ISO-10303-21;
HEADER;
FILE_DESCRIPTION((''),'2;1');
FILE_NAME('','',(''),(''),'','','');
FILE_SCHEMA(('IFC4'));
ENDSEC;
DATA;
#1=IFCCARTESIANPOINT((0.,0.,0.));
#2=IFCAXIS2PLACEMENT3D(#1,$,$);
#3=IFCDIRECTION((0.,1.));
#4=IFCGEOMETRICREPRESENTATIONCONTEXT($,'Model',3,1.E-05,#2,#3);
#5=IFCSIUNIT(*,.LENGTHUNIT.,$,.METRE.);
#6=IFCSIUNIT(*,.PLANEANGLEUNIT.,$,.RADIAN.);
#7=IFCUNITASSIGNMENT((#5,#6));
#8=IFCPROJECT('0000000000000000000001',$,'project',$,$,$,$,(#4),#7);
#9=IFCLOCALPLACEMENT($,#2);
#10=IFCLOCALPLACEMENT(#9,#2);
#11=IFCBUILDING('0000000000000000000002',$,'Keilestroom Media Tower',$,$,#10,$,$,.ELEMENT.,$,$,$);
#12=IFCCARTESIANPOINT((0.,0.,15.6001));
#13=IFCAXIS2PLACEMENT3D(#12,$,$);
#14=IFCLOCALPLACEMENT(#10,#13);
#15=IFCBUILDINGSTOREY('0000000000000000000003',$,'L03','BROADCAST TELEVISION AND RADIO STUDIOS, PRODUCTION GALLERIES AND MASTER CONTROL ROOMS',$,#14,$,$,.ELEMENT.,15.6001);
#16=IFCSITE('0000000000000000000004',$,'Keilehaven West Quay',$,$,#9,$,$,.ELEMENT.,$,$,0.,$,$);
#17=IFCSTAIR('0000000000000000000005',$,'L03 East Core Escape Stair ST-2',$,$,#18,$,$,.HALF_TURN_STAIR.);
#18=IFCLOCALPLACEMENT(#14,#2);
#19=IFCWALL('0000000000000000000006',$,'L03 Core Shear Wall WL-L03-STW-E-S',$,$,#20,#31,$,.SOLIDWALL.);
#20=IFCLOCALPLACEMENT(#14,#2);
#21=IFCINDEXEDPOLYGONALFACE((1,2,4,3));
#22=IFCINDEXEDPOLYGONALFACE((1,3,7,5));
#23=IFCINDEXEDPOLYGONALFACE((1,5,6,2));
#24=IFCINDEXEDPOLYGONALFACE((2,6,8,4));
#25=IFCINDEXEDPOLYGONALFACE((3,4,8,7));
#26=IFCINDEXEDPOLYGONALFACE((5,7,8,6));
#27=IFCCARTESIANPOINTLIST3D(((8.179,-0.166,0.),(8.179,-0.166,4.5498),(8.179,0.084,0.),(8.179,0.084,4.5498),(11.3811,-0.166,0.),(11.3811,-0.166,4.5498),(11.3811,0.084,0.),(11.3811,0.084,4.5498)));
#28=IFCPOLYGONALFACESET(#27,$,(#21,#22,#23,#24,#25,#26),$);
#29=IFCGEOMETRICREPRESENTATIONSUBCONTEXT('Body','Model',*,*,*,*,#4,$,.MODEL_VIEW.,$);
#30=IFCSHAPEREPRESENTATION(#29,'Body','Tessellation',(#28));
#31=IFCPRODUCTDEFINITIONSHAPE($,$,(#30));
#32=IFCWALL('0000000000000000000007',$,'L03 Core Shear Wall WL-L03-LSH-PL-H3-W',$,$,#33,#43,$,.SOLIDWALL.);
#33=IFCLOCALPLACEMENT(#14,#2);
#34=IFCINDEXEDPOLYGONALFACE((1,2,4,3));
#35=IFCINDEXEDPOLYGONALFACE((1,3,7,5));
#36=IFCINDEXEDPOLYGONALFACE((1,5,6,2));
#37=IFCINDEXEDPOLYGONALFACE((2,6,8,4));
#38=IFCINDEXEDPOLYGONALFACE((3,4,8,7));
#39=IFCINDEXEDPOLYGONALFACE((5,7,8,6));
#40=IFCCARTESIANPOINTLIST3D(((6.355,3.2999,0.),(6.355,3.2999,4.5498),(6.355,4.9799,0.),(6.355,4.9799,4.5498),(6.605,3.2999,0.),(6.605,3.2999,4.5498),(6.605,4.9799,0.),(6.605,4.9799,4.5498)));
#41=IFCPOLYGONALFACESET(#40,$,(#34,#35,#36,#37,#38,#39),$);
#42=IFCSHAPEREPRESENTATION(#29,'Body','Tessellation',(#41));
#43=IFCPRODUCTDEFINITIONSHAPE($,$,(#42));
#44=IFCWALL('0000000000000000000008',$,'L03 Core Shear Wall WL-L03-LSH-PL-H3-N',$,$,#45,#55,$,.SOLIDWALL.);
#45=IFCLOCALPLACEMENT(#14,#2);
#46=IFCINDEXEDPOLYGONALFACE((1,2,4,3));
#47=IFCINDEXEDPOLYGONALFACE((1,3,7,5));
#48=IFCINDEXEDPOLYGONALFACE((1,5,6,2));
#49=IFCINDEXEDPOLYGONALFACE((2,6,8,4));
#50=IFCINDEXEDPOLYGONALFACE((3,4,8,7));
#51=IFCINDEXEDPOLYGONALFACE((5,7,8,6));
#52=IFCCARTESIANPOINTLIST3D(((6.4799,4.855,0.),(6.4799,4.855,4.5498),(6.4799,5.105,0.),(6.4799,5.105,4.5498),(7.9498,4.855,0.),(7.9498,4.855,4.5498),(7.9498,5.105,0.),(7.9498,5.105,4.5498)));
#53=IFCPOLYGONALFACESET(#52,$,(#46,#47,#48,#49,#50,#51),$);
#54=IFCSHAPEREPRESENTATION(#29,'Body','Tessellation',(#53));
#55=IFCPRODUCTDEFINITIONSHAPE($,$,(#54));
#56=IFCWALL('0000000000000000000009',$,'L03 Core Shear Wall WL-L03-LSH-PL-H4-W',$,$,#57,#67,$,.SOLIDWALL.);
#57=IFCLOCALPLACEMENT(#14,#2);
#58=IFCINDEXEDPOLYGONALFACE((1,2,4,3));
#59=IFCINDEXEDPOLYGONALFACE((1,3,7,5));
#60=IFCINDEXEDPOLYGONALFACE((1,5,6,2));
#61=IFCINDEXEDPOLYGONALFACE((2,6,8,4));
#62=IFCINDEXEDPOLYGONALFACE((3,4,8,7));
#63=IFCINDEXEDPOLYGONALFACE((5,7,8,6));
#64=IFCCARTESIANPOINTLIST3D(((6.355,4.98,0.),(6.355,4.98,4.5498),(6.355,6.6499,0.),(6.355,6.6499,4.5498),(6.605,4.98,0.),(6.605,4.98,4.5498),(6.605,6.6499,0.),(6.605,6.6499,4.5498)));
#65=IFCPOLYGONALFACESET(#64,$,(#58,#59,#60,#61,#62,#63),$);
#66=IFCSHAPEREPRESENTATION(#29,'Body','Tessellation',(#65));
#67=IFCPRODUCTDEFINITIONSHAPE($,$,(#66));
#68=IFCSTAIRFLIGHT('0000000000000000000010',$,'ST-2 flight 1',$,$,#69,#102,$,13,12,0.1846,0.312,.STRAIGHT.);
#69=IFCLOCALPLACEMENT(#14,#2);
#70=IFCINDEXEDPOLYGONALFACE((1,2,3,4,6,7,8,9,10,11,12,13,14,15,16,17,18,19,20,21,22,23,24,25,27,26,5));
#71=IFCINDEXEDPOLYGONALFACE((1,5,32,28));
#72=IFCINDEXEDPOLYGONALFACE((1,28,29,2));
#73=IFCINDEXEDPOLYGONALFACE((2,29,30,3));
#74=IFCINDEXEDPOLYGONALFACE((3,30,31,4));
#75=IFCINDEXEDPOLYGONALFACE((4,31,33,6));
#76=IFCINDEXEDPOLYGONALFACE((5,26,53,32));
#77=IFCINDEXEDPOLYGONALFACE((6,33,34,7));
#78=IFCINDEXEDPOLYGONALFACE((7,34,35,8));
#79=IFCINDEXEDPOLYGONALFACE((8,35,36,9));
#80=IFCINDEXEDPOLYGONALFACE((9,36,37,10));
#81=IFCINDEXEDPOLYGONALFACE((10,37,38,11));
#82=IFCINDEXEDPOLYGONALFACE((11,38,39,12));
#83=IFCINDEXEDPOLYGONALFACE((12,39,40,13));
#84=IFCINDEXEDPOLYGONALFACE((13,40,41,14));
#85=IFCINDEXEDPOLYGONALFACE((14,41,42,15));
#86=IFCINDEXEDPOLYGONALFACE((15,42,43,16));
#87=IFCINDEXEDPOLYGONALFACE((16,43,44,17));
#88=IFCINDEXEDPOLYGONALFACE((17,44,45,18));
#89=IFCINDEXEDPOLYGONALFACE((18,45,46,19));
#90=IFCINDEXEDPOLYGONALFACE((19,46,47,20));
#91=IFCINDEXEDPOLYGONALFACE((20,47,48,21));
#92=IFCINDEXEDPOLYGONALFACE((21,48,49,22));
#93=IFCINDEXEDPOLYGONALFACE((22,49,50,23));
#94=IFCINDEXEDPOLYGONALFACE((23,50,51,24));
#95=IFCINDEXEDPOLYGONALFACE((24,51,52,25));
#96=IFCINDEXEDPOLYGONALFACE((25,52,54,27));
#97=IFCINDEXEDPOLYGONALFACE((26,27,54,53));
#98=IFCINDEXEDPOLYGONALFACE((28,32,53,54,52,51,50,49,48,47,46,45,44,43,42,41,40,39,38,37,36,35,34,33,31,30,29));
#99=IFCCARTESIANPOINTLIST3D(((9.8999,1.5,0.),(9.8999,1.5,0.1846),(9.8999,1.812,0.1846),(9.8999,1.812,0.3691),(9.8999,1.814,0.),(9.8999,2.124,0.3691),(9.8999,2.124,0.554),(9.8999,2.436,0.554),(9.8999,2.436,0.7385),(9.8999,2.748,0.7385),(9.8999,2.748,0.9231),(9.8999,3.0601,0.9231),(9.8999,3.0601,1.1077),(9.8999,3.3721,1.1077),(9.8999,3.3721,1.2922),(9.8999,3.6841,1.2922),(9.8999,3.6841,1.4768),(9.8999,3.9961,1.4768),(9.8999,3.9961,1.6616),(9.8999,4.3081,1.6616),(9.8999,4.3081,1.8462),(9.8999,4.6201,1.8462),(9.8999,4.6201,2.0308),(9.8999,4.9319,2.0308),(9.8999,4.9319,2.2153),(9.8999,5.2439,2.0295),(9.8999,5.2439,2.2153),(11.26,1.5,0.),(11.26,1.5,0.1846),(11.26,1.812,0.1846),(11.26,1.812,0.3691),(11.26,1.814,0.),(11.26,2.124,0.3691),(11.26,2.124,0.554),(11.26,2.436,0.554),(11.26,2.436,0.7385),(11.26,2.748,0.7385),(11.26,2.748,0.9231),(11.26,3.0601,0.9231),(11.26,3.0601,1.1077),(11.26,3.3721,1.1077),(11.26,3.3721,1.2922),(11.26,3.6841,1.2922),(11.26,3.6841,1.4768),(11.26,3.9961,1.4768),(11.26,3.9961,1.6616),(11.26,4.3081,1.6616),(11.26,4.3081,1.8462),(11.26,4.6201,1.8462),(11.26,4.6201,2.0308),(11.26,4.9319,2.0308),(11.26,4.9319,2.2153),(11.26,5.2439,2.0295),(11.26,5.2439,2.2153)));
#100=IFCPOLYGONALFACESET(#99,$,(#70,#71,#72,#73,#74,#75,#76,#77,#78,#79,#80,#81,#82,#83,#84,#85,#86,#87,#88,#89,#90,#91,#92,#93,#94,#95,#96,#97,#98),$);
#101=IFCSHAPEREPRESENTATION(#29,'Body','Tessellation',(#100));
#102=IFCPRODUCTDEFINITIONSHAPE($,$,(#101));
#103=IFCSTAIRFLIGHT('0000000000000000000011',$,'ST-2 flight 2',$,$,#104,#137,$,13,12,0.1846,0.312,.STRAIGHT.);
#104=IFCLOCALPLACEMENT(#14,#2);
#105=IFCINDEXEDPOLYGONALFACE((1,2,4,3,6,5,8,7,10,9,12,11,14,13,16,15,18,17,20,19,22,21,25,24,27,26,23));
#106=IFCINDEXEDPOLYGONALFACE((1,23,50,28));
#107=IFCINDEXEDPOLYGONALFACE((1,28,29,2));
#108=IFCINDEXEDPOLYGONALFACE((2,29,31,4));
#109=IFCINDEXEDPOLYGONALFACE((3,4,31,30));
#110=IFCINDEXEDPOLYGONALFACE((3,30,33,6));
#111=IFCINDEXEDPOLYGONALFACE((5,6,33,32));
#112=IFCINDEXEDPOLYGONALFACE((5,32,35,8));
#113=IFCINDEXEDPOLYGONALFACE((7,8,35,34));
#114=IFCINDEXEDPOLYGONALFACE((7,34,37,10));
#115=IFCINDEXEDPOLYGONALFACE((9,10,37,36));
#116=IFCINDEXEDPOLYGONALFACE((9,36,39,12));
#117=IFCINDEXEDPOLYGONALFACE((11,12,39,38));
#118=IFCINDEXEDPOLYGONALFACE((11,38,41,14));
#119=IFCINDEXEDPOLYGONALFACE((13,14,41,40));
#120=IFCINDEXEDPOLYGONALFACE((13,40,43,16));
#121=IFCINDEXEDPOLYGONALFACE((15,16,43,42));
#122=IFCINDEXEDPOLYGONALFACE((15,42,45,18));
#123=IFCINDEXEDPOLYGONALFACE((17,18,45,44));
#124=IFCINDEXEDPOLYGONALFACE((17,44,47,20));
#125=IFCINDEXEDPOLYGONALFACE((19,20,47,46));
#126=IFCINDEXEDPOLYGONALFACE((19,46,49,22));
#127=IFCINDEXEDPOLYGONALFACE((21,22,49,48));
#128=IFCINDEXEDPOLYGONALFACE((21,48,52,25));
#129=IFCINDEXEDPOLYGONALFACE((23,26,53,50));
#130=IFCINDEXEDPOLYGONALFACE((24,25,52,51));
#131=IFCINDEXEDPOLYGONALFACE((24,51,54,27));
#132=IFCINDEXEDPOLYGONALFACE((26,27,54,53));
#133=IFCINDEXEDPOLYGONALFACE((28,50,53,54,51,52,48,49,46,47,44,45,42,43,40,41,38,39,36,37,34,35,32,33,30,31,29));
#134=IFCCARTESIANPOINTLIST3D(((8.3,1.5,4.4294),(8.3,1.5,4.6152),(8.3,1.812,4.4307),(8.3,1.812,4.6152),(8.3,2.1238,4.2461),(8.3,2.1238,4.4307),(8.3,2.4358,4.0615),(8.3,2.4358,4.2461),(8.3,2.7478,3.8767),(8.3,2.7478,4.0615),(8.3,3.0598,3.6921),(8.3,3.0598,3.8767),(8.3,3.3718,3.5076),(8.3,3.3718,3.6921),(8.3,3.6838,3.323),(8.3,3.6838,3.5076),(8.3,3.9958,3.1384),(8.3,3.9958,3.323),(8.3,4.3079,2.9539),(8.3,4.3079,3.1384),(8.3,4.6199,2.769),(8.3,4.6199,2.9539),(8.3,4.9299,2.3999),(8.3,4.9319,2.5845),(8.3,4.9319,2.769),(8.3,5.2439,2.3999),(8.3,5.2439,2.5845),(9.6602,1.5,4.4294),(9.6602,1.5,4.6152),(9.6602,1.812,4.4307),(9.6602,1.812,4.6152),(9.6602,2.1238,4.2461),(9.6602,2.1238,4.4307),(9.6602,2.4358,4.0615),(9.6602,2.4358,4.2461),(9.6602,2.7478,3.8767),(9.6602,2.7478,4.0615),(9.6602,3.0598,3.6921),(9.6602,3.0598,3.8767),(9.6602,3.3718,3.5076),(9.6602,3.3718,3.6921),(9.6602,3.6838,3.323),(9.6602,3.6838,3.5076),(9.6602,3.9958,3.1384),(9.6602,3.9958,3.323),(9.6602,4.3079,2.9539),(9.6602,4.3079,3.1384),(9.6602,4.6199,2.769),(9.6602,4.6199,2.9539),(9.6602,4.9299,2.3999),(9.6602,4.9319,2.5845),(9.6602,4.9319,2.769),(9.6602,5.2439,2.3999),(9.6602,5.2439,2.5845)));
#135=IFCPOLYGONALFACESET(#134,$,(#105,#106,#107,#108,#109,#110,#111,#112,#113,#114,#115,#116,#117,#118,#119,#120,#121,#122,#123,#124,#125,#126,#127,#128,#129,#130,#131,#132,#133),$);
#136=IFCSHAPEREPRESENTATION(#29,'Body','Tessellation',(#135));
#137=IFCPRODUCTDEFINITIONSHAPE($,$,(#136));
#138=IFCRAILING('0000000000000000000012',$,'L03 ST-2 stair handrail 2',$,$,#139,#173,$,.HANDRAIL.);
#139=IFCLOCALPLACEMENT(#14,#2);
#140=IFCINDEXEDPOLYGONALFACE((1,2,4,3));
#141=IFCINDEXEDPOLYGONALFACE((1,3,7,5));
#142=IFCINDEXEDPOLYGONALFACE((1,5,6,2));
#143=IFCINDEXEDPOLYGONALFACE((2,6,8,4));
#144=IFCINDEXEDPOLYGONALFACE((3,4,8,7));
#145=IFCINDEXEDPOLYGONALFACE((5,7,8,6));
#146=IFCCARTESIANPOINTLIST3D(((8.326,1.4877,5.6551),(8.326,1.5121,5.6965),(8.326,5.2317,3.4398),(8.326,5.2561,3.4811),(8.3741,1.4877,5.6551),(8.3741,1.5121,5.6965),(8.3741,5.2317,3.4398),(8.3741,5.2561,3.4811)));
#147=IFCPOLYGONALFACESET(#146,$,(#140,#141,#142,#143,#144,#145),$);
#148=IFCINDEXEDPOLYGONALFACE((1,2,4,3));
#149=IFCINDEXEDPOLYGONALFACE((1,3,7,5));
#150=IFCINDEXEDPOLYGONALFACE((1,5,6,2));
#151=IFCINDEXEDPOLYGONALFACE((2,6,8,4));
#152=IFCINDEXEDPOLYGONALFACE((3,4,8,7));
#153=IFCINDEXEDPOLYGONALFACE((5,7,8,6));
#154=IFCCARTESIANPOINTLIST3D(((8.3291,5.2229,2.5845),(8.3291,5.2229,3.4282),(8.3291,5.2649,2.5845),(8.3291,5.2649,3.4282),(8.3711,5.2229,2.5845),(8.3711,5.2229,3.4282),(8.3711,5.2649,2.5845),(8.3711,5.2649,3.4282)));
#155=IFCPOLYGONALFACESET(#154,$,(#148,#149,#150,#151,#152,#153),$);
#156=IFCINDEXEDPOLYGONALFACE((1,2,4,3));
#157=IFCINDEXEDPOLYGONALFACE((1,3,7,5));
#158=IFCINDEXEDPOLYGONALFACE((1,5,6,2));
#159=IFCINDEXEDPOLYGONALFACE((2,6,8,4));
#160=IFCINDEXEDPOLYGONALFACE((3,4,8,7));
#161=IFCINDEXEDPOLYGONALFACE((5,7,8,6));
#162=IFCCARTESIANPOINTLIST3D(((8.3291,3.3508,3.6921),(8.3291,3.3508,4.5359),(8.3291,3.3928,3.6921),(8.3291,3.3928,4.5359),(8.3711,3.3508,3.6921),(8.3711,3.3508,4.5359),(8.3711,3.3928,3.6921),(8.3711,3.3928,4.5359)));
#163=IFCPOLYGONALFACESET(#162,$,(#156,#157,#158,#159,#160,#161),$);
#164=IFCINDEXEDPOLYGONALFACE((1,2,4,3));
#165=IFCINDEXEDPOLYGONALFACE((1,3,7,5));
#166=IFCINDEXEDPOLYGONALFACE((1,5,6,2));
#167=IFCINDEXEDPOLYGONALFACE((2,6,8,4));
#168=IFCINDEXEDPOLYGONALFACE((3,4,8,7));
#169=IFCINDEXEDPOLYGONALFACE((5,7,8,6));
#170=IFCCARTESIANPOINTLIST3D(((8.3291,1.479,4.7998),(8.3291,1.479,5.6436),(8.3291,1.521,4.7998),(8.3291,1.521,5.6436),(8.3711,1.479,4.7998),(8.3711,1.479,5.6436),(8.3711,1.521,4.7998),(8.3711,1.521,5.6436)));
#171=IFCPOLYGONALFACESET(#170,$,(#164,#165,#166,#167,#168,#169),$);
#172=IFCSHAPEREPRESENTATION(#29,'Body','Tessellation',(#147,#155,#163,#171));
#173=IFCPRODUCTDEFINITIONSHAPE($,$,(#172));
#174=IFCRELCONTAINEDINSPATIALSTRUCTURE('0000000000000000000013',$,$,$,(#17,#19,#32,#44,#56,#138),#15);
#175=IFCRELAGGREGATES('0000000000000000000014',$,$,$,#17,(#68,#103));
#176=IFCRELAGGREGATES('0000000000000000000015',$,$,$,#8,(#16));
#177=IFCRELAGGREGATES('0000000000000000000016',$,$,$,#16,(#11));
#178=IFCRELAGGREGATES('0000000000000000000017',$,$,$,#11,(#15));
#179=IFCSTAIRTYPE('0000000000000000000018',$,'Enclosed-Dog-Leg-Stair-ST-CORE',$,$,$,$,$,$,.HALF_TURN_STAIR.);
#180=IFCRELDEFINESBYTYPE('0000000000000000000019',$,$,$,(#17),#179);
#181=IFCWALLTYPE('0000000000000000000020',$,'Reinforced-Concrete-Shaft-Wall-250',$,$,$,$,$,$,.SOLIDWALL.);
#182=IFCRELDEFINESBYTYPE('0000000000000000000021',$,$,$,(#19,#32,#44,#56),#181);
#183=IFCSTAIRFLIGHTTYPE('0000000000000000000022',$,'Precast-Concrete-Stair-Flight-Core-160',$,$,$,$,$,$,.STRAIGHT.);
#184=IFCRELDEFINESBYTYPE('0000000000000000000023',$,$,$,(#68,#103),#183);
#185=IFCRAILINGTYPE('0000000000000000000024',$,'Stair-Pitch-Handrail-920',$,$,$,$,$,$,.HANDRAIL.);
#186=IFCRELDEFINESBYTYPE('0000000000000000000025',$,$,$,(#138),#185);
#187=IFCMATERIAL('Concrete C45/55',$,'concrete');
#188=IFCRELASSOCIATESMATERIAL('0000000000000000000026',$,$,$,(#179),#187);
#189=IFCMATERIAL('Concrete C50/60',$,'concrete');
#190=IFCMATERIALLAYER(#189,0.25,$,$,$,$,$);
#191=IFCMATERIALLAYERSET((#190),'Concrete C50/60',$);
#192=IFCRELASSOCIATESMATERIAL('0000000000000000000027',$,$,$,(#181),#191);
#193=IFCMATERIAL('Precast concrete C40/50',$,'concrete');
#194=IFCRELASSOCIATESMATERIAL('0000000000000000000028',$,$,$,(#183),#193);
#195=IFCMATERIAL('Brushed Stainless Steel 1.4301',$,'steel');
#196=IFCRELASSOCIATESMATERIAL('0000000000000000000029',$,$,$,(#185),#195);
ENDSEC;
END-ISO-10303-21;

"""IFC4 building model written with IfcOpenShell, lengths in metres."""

from ifc_helpers import new_model, si_unit, direction, frame, frame_2d, origin, origin_2d, place, context, subcontext, project, spatial, polyline, rectangle, outline, extrude, material, layer, layer_set, type_object, element, aggregate, save


model = new_model("IFC4")

# Units and contexts
model_context = context("Model", 3, precision=1e-05, world=origin(), true_north=direction((0.0, 1.0)))
body_context = subcontext(model_context, "Body", "Model", "MODEL_VIEW")
ifc_project = project(units=[si_unit("LENGTHUNIT", "METRE"), si_unit("PLANEANGLEUNIT", "RADIAN")], contexts=[model_context])

# Site, building, storey
site_placement = place(None, origin())
site = spatial("IfcSite", under=ifc_project, at=site_placement, Name="Keilehaven West Quay", CompositionType="ELEMENT", RefElevation=0.0)
building_placement = place(site_placement, origin())
building = spatial("IfcBuilding", under=site, at=building_placement, Name="Keilestroom Media Tower", CompositionType="ELEMENT")
storey_placement = place(building_placement, frame((0.0, 0.0, 15.6001)))
storey = spatial("IfcBuildingStorey", under=building, at=storey_placement, Name="L03", Description="BROADCAST TELEVISION AND RADIO STUDIOS, PRODUCTION GALLERIES AND MASTER CONTROL ROOMS", CompositionType="ELEMENT", Elevation=15.6001)

# Stair
ifc_material_1 = material(Name="Concrete C45/55", Category="concrete")
stair_type_1 = type_object("IfcStairType", Name="Enclosed-Dog-Leg-Stair-ST-CORE", PredefinedType="HALF_TURN_STAIR", material=ifc_material_1)
stair_1_placement = place(storey_placement, origin())
stair_1 = element("IfcStair", 1, at=stair_1_placement, inside=storey, type_object=stair_type_1, Name="L03 East Core Escape Stair ST-2", PredefinedType="HALF_TURN_STAIR")

# Shared definitions
ifc_material_2 = material(Name="Concrete C50/60", Category="concrete")
ifc_layer_1 = layer(ifc_material_2, 0.25)
ifc_layer_set_1 = layer_set([ifc_layer_1], Name="Concrete C50/60")
wall_type_1 = type_object("IfcWallType", Name="Reinforced-Concrete-Shaft-Wall-250", PredefinedType="SOLIDWALL", material=ifc_layer_set_1)

# Walls
wall_1_placement = place(storey_placement, frame((8.179, -0.041, 0.0), z_axis=(0.0, 0.0, 1.0), x_axis=(1.0, 0.0, 0.0)))
element("IfcWall", 2, at=wall_1_placement, inside=storey, type_object=wall_type_1, Name="L03 Core Shear Wall WL-L03-STW-E-S", PredefinedType="SOLIDWALL", context=body_context, shape_type="SweptSolid", body=[
    extrude(rectangle(XDim=3.2021, YDim=0.25, at=frame_2d((1.6011, 0.0))), origin(), (0.0, 0.0, 1.0), 4.5498),
])
wall_2_placement = place(storey_placement, frame((6.48, 3.3, 0.0), z_axis=(0.0, 0.0, 1.0), x_axis=(0.0, 1.0, 0.0)))
element("IfcWall", 3, at=wall_2_placement, inside=storey, type_object=wall_type_1, Name="L03 Core Shear Wall WL-L03-LSH-PL-H3-W", PredefinedType="SOLIDWALL", context=body_context, shape_type="SweptSolid", body=[
    extrude(rectangle(XDim=1.6799, YDim=0.25, at=frame_2d((0.8398, 0.0))), origin(), (0.0, 0.0, 1.0), 4.5498),
])
wall_3_placement = place(storey_placement, frame((6.48, 4.98, 0.0), z_axis=(0.0, 0.0, 1.0), x_axis=(1.0, 0.0, 0.0)))
element("IfcWall", 4, at=wall_3_placement, inside=storey, type_object=wall_type_1, Name="L03 Core Shear Wall WL-L03-LSH-PL-H3-N", PredefinedType="SOLIDWALL", context=body_context, shape_type="SweptSolid", body=[
    extrude(rectangle(XDim=1.47, YDim=0.25, at=frame_2d((0.7349, 0.0))), origin(), (0.0, 0.0, 1.0), 4.5498),
])
wall_4_placement = place(storey_placement, frame((6.48, 4.98, 0.0), z_axis=(0.0, 0.0, 1.0), x_axis=(0.0, 1.0, 0.0)))
element("IfcWall", 5, at=wall_4_placement, inside=storey, type_object=wall_type_1, Name="L03 Core Shear Wall WL-L03-LSH-PL-H4-W", PredefinedType="SOLIDWALL", context=body_context, shape_type="SweptSolid", body=[
    extrude(rectangle(XDim=1.6699, YDim=0.25, at=frame_2d((0.835, 0.0))), origin(), (0.0, 0.0, 1.0), 4.5498),
])

# Stair flights
ifc_material_3 = material(Name="Precast concrete C40/50", Category="concrete")
stair_flight_type = type_object("IfcStairFlightType", Name="Precast-Concrete-Stair-Flight-Core-160", PredefinedType="STRAIGHT", material=ifc_material_3)
stair_flight_1_placement = place(storey_placement, frame((10.5801, 1.5, 0.0), z_axis=(0.0, 0.0, 1.0), x_axis=(0.0, 1.0, 0.0)))
stair_flight_1 = element("IfcStairFlight", 6, at=stair_flight_1_placement, type_object=stair_flight_type, Name="ST-2 flight 1", NumberOfRisers=13, NumberOfTreads=12, PredefinedType="STRAIGHT", RiserHeight=0.1846, TreadLength=0.312, context=body_context, shape_type="SweptSolid", body=[
    extrude(outline(polyline([(0.0, 0.0), (0.0, 0.1846), (0.312, 0.1846), (0.312, 0.3691), (0.624, 0.3691), (0.624, 0.554), (0.936, 0.554), (0.936, 0.7385), (1.248, 0.7385), (1.248, 0.9231), (1.5601, 0.9231), (1.5601, 1.1077), (1.8721, 1.1077), (1.8721, 1.2922), (2.1841, 1.2922), (2.1841, 1.4768), (2.4961, 1.4768), (2.4961, 1.6616), (2.8081, 1.6616), (2.8081, 1.8462), (3.1201, 1.8462), (3.1201, 2.0308), (3.4319, 2.0308), (3.4319, 2.2153), (3.7439, 2.2153), (3.7439, 2.3999), (3.7439, 2.0295), (0.314, 0.0), (0.0, 0.0)])), frame((0.0, 0.6802, 0.0), z_axis=(0.0, -1.0, 0.0), x_axis=(1.0, 0.0, 0.0)), (0.0, 0.0, 1.0), 1.3601),
])
stair_flight_2_placement = place(storey_placement, frame((8.98, 5.2439, 2.3999), z_axis=(0.0, 0.0, 1.0), x_axis=(0.0, -1.0, 0.0)))
stair_flight_2 = element("IfcStairFlight", 7, at=stair_flight_2_placement, type_object=stair_flight_type, Name="ST-2 flight 2", NumberOfRisers=13, NumberOfTreads=12, PredefinedType="STRAIGHT", RiserHeight=0.1846, TreadLength=0.312, context=body_context, shape_type="SweptSolid", body=[
    extrude(outline(polyline([(0.0, 0.0), (0.0, 0.1846), (0.312, 0.1846), (0.312, 0.3691), (0.624, 0.3691), (0.624, 0.554), (0.936, 0.554), (0.936, 0.7385), (1.248, 0.7385), (1.248, 0.9231), (1.5601, 0.9231), (1.5601, 1.1077), (1.8721, 1.1077), (1.8721, 1.2922), (2.1841, 1.2922), (2.1841, 1.4768), (2.4961, 1.4768), (2.4961, 1.6616), (2.8081, 1.6616), (2.8081, 1.8462), (3.1201, 1.8462), (3.1201, 2.0308), (3.4319, 2.0308), (3.4319, 2.2153), (3.7439, 2.2153), (3.7439, 2.3999), (3.7439, 2.0295), (0.314, 0.0), (0.0, 0.0)])), frame((0.0, 0.6802, 0.0), z_axis=(0.0, -1.0, 0.0), x_axis=(1.0, 0.0, 0.0)), (0.0, 0.0, 1.0), 1.3601),
])
aggregate(stair_1, [stair_flight_1, stair_flight_2])

# Railing
ifc_material_4 = material(Name="Brushed Stainless Steel 1.4301", Category="steel")
railing_type_1 = type_object("IfcRailingType", Name="Stair-Pitch-Handrail-920", PredefinedType="HANDRAIL", material=ifc_material_4)
railing_1_placement = place(storey_placement, frame((8.3501, 5.2439, 2.5845)))
element("IfcRailing", 8, at=railing_1_placement, inside=storey, type_object=railing_type_1, Name="L03 ST-2 stair handrail 2", PredefinedType="HANDRAIL", context=body_context, shape_type="SweptSolid", body=[
    extrude(rectangle(XDim=0.0481, YDim=0.0481, at=origin_2d()), frame((0.0, 0.0, 0.876), z_axis=(0.0, -0.860621, 0.509245), x_axis=(1.0, 0.0, 0.0)), (0.0, 0.0, 1.0), 4.3503),
    extrude(rectangle(XDim=0.042, YDim=0.042, at=origin_2d()), origin(), (0.0, 0.0, 1.0), 0.8438),
    extrude(rectangle(XDim=0.042, YDim=0.042, at=origin_2d()), frame((0.0, -1.8721, 1.1077)), (0.0, 0.0, 1.0), 0.8438),
    extrude(rectangle(XDim=0.042, YDim=0.042, at=origin_2d()), frame((0.0, -3.7439, 2.2153)), (0.0, 0.0, 1.0), 0.8438),
])

save(model, "model.ifc")
